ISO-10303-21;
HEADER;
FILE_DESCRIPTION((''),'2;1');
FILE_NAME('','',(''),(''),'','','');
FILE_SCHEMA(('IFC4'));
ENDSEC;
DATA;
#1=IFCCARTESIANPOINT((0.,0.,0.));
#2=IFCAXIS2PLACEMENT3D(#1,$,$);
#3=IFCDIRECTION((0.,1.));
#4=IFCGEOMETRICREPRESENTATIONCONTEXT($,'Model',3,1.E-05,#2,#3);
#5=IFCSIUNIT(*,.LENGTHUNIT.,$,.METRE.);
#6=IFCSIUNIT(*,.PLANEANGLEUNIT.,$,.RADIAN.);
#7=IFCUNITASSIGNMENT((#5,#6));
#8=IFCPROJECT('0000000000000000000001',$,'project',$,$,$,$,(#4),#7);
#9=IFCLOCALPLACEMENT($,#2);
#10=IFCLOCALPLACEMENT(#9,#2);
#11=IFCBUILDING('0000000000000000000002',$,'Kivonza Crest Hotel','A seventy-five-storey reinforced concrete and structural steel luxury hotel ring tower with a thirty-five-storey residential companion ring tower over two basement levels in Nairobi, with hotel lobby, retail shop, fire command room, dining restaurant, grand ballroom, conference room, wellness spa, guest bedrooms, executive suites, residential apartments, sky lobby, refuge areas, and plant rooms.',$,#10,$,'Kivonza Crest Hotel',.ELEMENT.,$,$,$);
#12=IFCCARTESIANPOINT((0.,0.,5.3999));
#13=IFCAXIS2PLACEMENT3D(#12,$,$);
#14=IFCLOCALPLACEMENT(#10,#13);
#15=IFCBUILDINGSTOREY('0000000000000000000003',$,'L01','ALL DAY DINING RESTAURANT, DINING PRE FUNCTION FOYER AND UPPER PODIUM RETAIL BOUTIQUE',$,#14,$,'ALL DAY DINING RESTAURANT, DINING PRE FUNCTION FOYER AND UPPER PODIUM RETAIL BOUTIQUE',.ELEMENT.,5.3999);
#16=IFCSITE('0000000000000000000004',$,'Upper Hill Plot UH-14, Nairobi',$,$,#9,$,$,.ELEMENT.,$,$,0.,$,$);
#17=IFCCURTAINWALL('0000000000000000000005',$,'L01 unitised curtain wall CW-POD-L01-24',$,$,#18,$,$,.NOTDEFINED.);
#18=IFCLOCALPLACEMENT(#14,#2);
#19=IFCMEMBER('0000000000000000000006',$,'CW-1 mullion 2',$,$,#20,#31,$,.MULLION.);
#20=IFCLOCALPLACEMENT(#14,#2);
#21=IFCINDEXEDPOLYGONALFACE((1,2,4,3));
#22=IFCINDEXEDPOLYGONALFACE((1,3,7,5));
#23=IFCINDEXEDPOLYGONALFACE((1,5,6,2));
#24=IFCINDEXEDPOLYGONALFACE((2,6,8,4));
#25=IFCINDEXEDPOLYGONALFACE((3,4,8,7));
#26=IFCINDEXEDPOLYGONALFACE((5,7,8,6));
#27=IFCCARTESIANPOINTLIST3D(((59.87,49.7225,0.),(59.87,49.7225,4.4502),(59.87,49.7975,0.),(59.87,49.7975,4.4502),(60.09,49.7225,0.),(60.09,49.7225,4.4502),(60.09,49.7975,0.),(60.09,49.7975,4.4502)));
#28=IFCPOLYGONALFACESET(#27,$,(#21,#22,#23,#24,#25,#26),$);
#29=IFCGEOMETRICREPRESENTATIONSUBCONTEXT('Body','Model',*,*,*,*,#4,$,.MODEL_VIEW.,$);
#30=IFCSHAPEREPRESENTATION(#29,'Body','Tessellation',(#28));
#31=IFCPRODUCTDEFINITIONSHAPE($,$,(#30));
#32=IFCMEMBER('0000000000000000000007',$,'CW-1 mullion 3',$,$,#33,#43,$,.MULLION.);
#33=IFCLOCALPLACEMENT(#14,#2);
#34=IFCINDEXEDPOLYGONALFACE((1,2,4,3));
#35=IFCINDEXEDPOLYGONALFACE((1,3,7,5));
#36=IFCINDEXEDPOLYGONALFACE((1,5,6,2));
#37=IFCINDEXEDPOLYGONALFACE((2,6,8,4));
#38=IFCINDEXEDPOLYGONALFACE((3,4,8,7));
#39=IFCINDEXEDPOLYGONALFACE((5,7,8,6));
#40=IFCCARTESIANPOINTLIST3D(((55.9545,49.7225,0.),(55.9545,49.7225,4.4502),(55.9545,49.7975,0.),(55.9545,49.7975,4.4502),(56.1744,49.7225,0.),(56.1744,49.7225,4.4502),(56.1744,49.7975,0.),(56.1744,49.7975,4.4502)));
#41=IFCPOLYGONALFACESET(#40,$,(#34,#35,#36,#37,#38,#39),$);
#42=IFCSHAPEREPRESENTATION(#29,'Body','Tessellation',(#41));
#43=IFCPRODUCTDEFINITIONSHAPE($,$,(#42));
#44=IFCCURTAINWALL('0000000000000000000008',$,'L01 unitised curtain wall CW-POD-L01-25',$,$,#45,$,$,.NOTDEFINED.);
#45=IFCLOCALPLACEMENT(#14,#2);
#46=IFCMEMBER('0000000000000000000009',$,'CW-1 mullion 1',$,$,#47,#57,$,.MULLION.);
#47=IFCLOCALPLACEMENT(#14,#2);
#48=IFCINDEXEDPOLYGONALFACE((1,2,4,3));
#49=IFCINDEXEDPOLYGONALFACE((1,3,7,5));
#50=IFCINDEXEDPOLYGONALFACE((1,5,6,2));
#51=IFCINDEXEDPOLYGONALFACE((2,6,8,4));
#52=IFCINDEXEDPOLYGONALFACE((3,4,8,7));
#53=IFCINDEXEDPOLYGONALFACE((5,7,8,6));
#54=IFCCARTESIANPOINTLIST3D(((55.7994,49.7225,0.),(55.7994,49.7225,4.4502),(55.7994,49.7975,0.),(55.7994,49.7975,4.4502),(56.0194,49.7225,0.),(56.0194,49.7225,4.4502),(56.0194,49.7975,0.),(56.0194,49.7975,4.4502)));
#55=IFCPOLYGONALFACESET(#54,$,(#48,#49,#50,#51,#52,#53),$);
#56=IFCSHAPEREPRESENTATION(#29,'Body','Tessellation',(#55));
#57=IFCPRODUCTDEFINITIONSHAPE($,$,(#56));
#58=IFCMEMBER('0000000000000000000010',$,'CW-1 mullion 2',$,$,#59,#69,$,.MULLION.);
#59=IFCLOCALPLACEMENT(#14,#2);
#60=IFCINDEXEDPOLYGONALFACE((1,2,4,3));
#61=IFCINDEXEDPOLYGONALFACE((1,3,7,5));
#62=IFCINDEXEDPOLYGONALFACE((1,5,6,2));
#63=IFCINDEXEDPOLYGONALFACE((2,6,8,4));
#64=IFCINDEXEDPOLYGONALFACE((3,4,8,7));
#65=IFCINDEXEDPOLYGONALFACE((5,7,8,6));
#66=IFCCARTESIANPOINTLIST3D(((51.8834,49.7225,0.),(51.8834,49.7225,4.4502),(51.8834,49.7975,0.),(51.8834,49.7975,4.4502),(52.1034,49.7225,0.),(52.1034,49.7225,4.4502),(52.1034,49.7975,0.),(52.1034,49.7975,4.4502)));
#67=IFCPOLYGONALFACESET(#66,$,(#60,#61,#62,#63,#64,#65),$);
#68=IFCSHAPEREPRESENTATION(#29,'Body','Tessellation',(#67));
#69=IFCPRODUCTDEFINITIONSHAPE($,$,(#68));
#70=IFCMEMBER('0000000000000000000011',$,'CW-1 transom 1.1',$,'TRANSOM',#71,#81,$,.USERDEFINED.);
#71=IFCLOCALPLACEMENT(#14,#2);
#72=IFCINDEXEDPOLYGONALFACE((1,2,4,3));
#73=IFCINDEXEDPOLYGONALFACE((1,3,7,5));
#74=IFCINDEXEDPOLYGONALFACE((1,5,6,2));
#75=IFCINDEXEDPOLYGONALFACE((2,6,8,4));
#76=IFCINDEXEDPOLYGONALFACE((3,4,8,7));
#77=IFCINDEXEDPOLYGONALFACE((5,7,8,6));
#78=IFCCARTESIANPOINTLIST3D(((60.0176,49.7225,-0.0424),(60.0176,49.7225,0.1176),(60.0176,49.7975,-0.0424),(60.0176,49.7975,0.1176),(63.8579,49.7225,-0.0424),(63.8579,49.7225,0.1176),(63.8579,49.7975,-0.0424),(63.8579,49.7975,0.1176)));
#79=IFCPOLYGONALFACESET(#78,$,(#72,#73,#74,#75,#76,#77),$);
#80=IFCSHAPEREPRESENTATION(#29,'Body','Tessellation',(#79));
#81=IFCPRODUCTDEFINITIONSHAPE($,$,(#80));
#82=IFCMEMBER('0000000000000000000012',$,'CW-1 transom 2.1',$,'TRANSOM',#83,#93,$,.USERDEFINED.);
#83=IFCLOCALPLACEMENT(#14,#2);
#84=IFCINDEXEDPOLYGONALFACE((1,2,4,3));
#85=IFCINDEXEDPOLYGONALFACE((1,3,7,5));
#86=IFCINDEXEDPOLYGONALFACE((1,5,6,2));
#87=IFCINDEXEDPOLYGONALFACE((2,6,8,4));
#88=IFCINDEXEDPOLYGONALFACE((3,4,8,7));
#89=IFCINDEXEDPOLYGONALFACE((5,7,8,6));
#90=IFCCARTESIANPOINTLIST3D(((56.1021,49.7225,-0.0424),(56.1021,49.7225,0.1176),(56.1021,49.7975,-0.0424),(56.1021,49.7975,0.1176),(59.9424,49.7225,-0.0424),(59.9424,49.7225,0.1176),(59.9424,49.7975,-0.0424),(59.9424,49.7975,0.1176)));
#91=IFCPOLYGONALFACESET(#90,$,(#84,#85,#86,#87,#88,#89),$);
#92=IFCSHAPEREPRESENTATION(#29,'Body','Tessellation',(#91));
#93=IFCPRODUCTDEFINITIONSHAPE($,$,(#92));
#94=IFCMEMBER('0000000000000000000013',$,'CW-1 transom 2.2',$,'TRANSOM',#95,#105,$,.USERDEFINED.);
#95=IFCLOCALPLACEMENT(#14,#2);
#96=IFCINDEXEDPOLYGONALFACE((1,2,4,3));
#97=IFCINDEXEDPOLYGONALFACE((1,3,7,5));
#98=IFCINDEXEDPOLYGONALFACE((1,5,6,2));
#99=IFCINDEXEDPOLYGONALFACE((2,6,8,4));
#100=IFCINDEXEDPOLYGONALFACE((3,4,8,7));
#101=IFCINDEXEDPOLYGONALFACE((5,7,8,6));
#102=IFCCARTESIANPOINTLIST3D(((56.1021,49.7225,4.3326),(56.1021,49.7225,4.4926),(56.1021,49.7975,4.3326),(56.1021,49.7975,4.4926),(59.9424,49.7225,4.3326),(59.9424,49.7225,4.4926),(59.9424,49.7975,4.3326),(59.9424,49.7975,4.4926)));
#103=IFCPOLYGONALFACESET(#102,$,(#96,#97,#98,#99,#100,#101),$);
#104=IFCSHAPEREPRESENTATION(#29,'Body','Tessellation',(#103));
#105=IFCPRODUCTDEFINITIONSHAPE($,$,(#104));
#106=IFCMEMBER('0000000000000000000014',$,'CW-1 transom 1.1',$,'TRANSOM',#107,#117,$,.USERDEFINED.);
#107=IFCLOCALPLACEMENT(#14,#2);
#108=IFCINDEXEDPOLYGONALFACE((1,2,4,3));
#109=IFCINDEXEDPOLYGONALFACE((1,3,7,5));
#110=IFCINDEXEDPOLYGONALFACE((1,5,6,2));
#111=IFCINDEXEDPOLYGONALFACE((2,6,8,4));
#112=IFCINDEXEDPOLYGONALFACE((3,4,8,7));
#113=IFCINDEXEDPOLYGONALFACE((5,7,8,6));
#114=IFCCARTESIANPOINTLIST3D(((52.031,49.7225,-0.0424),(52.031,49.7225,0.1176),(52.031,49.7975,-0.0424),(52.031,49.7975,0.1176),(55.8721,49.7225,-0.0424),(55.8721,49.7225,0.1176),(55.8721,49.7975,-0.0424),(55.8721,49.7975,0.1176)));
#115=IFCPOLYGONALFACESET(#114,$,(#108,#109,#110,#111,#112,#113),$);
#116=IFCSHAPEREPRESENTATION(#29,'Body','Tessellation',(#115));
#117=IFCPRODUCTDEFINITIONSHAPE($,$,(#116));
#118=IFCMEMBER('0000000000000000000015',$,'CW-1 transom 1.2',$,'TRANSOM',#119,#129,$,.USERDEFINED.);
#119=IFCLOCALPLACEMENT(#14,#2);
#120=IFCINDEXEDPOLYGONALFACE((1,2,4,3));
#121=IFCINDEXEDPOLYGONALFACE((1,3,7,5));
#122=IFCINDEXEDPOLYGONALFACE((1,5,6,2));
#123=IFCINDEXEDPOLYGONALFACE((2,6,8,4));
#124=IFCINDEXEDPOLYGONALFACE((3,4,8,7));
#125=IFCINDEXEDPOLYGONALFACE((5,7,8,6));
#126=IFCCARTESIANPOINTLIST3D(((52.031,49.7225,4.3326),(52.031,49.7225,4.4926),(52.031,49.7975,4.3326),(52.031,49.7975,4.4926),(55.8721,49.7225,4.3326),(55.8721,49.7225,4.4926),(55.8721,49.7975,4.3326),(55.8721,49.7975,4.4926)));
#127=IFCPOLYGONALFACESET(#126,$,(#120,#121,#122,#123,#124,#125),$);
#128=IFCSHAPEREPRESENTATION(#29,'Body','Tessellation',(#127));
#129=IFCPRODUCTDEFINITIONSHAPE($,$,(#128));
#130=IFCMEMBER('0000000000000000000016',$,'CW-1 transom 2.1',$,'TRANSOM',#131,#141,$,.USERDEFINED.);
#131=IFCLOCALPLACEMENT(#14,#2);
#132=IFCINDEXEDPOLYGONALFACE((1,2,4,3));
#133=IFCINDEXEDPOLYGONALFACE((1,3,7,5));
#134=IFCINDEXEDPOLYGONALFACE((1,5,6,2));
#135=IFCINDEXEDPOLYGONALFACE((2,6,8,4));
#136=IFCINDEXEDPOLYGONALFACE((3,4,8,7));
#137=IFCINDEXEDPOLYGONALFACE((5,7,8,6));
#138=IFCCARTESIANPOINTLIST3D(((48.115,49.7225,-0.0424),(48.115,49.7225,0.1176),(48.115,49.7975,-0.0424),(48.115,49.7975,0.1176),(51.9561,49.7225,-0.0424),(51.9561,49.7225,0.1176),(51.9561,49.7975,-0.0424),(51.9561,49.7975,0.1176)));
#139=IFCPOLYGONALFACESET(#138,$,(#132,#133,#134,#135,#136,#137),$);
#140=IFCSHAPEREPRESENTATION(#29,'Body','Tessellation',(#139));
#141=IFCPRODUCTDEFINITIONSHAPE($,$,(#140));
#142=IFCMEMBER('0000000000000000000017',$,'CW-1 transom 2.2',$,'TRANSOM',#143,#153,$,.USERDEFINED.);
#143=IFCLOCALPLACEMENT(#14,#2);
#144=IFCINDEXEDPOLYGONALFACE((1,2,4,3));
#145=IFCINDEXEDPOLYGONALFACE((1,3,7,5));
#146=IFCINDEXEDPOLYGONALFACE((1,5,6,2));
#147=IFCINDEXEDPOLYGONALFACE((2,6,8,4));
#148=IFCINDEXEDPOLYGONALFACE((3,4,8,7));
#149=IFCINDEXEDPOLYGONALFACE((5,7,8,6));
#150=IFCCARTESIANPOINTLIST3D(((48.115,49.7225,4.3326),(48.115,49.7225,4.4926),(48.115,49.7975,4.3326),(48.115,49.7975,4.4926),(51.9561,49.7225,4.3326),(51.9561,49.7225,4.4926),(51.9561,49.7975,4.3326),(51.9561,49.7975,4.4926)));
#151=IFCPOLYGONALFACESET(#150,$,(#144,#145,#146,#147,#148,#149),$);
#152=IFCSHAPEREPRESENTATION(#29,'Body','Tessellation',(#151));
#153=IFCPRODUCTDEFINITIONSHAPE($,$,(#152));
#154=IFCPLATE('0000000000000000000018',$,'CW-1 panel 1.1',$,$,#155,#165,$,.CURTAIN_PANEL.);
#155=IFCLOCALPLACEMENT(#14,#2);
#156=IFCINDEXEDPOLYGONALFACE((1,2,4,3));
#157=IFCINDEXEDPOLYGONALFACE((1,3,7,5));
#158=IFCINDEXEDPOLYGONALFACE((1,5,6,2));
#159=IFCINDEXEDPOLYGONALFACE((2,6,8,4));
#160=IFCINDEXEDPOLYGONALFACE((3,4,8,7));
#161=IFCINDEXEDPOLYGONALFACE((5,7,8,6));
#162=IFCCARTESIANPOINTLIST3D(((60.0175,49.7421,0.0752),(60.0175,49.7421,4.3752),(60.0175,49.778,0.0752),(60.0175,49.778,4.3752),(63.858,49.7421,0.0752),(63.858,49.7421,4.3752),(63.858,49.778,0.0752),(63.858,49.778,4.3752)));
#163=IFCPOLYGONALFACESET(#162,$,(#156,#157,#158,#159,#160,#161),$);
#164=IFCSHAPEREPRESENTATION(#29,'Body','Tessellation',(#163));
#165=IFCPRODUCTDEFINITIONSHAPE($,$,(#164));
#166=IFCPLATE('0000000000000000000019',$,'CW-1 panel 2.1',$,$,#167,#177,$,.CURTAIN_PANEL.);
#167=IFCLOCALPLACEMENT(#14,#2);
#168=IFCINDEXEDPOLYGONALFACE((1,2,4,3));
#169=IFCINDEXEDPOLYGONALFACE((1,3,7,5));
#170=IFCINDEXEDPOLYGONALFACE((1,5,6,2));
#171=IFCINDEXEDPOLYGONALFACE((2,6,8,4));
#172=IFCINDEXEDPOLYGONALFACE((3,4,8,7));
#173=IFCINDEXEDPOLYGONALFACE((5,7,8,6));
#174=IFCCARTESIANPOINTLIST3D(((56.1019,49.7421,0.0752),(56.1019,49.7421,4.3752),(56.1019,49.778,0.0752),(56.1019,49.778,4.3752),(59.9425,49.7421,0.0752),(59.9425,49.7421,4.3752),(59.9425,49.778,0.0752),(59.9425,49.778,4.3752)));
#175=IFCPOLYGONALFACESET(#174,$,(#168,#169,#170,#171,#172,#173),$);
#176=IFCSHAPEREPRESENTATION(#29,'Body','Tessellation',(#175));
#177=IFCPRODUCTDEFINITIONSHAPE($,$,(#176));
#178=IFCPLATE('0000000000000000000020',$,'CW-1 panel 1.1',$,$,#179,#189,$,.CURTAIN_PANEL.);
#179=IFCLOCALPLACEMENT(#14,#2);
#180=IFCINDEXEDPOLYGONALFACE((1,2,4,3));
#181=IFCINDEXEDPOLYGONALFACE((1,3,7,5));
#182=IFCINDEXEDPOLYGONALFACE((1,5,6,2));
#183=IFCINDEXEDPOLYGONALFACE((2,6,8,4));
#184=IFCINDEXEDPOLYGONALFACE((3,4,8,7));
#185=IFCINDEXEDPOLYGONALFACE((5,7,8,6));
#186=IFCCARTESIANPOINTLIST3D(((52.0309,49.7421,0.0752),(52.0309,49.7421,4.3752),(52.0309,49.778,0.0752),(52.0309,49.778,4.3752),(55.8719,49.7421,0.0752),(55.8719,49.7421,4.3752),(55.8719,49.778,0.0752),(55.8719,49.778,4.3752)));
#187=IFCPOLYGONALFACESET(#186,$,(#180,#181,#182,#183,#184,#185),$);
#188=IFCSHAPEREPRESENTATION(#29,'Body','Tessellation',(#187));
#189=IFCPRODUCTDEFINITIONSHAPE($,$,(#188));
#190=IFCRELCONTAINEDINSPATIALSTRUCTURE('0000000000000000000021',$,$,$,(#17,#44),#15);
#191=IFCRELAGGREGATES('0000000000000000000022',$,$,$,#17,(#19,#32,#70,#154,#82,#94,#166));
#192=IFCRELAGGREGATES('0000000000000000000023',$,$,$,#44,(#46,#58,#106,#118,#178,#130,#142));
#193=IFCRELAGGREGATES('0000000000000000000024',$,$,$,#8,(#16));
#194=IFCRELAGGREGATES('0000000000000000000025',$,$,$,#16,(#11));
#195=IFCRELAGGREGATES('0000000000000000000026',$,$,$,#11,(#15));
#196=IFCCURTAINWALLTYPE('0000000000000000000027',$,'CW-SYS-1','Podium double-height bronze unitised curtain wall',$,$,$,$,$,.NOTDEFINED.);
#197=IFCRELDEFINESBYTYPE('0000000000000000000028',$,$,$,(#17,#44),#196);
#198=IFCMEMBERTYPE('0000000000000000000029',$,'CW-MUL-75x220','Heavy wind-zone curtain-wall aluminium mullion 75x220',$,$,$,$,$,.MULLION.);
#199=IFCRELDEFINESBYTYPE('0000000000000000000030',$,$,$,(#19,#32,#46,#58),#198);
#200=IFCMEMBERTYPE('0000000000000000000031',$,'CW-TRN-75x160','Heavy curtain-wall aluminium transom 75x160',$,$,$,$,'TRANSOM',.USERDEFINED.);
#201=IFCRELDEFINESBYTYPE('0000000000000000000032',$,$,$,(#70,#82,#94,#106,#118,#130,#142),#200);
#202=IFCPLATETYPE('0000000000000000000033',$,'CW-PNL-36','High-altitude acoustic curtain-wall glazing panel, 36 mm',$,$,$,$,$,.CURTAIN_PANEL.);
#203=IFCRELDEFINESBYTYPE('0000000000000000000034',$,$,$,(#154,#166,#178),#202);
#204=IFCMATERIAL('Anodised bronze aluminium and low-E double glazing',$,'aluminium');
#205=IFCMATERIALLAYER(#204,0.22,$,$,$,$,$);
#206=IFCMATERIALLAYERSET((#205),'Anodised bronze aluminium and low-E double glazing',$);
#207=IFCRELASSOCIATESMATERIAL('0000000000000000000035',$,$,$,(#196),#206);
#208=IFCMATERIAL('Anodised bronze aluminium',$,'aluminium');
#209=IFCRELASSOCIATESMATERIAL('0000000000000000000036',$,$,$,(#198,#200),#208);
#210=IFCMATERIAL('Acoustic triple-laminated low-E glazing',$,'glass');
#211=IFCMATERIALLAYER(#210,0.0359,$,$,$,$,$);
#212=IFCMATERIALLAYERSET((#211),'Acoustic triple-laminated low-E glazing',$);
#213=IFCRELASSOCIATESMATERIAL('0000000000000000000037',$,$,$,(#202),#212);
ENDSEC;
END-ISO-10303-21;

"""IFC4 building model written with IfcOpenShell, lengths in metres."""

from ifc_helpers import new_model, si_unit, direction, frame, origin, origin_2d, place, context, subcontext, project, spatial, rectangle, extrude, material, layer, layer_set, material_profile, profile_set, type_object, element, aggregate, save


model = new_model("IFC4")

# Units and contexts
model_context = context("Model", 3, precision=1e-05, world=origin(), true_north=direction((0.0, 1.0)))
body_context = subcontext(model_context, "Body", "Model", "MODEL_VIEW")
ifc_project = project(units=[si_unit("LENGTHUNIT", "METRE"), si_unit("PLANEANGLEUNIT", "RADIAN")], contexts=[model_context])

# Site, building, storey
site_placement = place(None, origin())
site = spatial("IfcSite", under=ifc_project, at=site_placement, Name="Upper Hill Plot UH-14, Nairobi", CompositionType="ELEMENT", RefElevation=0.0)
building_placement = place(site_placement, origin())
building = spatial("IfcBuilding", under=site, at=building_placement, Name="Kivonza Crest Hotel", Description="A seventy-five-storey reinforced concrete and structural steel luxury hotel ring tower with a thirty-five-storey residential companion ring tower over two basement levels in Nairobi, with hotel lobby, retail shop, fire command room, dining restaurant, grand ballroom, conference room, wellness spa, guest bedrooms, executive suites, residential apartments, sky lobby, refuge areas, and plant rooms.", LongName="Kivonza Crest Hotel", CompositionType="ELEMENT")
storey_placement = place(building_placement, frame((0.0, 0.0, 5.3999)))
storey = spatial("IfcBuildingStorey", under=building, at=storey_placement, Name="L01", Description="ALL DAY DINING RESTAURANT, DINING PRE FUNCTION FOYER AND UPPER PODIUM RETAIL BOUTIQUE", LongName="ALL DAY DINING RESTAURANT, DINING PRE FUNCTION FOYER AND UPPER PODIUM RETAIL BOUTIQUE", CompositionType="ELEMENT", Elevation=5.3999)

# Curtain walls, members
ifc_material_1 = material(Name="Anodised bronze aluminium and low-E double glazing", Category="aluminium")
ifc_layer_1 = layer(ifc_material_1, 0.22)
ifc_layer_set_1 = layer_set([ifc_layer_1], Name="Anodised bronze aluminium and low-E double glazing")
curtain_wall_type = type_object("IfcCurtainWallType", Name="CW-SYS-1", Description="Podium double-height bronze unitised curtain wall", PredefinedType="NOTDEFINED", material=ifc_layer_set_1)
curtain_wall_1_placement = place(storey_placement, origin())
curtain_wall_1 = element("IfcCurtainWall", 1, at=curtain_wall_1_placement, inside=storey, type_object=curtain_wall_type, Name="L01 unitised curtain wall CW-POD-L01-24", PredefinedType="NOTDEFINED")
ifc_material_2 = material(Name="Anodised bronze aluminium", Category="aluminium")
ifc_material_profile_1 = material_profile(ifc_material_2, rectangle(XDim=0.075, YDim=0.22, at=origin_2d()), Name="CW-M 75x220")
ifc_profile_set_1 = profile_set([ifc_material_profile_1], Name="Anodised bronze aluminium")
member_type_1 = type_object("IfcMemberType", Name="CW-MUL-75x220", Description="Heavy wind-zone curtain-wall aluminium mullion 75x220", PredefinedType="MULLION", material=ifc_profile_set_1)
member_1_placement = place(storey_placement, frame((59.98, 49.76, 0.0), z_axis=(0.0, 0.0, 1.0), x_axis=(0.0, -1.0, 0.0)))
member_1 = element("IfcMember", 2, at=member_1_placement, type_object=member_type_1, Name="CW-1 mullion 2", PredefinedType="MULLION", context=body_context, shape_type="SweptSolid", body=[
    extrude(rectangle(XDim=0.075, YDim=0.22, at=origin_2d()), origin(), (0.0, 0.0, 1.0), 4.4502),
])
member_2_placement = place(storey_placement, frame((56.0645, 49.76, 0.0), z_axis=(0.0, 0.0, 1.0), x_axis=(0.0, -1.0, 0.0)))
member_2 = element("IfcMember", 3, at=member_2_placement, type_object=member_type_1, Name="CW-1 mullion 3", PredefinedType="MULLION", context=body_context, shape_type="SweptSolid", body=[
    extrude(rectangle(XDim=0.075, YDim=0.22, at=origin_2d()), origin(), (0.0, 0.0, 1.0), 4.4502),
])
curtain_wall_2_placement = place(storey_placement, origin())
curtain_wall_2 = element("IfcCurtainWall", 4, at=curtain_wall_2_placement, inside=storey, type_object=curtain_wall_type, Name="L01 unitised curtain wall CW-POD-L01-25", PredefinedType="NOTDEFINED")
member_3_placement = place(storey_placement, frame((55.9094, 49.76, 0.0), z_axis=(0.0, 0.0, 1.0), x_axis=(0.0, -1.0, 0.0)))
member_3 = element("IfcMember", 5, at=member_3_placement, type_object=member_type_1, Name="CW-1 mullion 1", PredefinedType="MULLION", context=body_context, shape_type="SweptSolid", body=[
    extrude(rectangle(XDim=0.075, YDim=0.22, at=origin_2d()), origin(), (0.0, 0.0, 1.0), 4.4502),
])
member_4_placement = place(storey_placement, frame((51.9934, 49.76, 0.0), z_axis=(0.0, 0.0, 1.0), x_axis=(0.0, -1.0, 0.0)))
member_4 = element("IfcMember", 6, at=member_4_placement, type_object=member_type_1, Name="CW-1 mullion 2", PredefinedType="MULLION", context=body_context, shape_type="SweptSolid", body=[
    extrude(rectangle(XDim=0.075, YDim=0.22, at=origin_2d()), origin(), (0.0, 0.0, 1.0), 4.4502),
])

# Members
ifc_material_profile_2 = material_profile(ifc_material_2, rectangle(XDim=0.075, YDim=0.1599, at=origin_2d()), Name="CW-T 75x160")
ifc_profile_set_2 = profile_set([ifc_material_profile_2], Name="Anodised bronze aluminium")
member_type_2 = type_object("IfcMemberType", Name="CW-TRN-75x160", Description="Heavy curtain-wall aluminium transom 75x160", ElementType="TRANSOM", PredefinedType="USERDEFINED", material=ifc_profile_set_2)
member_5_placement = place(storey_placement, frame((63.8579, 49.76, 0.0376), z_axis=(-1.0, 0.0, 0.0), x_axis=(0.0, -1.0, 0.0)))
member_5 = element("IfcMember", 7, at=member_5_placement, type_object=member_type_2, Name="CW-1 transom 1.1", ObjectType="TRANSOM", PredefinedType="USERDEFINED", context=body_context, shape_type="SweptSolid", body=[
    extrude(rectangle(XDim=0.075, YDim=0.1599, at=origin_2d()), origin(), (0.0, 0.0, 1.0), 3.8403),
])
member_6_placement = place(storey_placement, frame((59.9424, 49.76, 0.0376), z_axis=(-1.0, 0.0, 0.0), x_axis=(0.0, -1.0, 0.0)))
member_6 = element("IfcMember", 8, at=member_6_placement, type_object=member_type_2, Name="CW-1 transom 2.1", ObjectType="TRANSOM", PredefinedType="USERDEFINED", context=body_context, shape_type="SweptSolid", body=[
    extrude(rectangle(XDim=0.075, YDim=0.1599, at=origin_2d()), origin(), (0.0, 0.0, 1.0), 3.8403),
])
member_7_placement = place(storey_placement, frame((59.9424, 49.76, 4.4126), z_axis=(-1.0, 0.0, 0.0), x_axis=(0.0, -1.0, 0.0)))
member_7 = element("IfcMember", 9, at=member_7_placement, type_object=member_type_2, Name="CW-1 transom 2.2", ObjectType="TRANSOM", PredefinedType="USERDEFINED", context=body_context, shape_type="SweptSolid", body=[
    extrude(rectangle(XDim=0.075, YDim=0.1599, at=origin_2d()), origin(), (0.0, 0.0, 1.0), 3.8403),
])
member_8_placement = place(storey_placement, frame((55.8721, 49.76, 0.0376), z_axis=(-1.0, 0.0, 0.0), x_axis=(0.0, -1.0, 0.0)))
member_8 = element("IfcMember", 10, at=member_8_placement, type_object=member_type_2, Name="CW-1 transom 1.1", ObjectType="TRANSOM", PredefinedType="USERDEFINED", context=body_context, shape_type="SweptSolid", body=[
    extrude(rectangle(XDim=0.075, YDim=0.1599, at=origin_2d()), origin(), (0.0, 0.0, 1.0), 3.8411),
])
member_9_placement = place(storey_placement, frame((55.8721, 49.76, 4.4126), z_axis=(-1.0, 0.0, 0.0), x_axis=(0.0, -1.0, 0.0)))
member_9 = element("IfcMember", 11, at=member_9_placement, type_object=member_type_2, Name="CW-1 transom 1.2", ObjectType="TRANSOM", PredefinedType="USERDEFINED", context=body_context, shape_type="SweptSolid", body=[
    extrude(rectangle(XDim=0.075, YDim=0.1599, at=origin_2d()), origin(), (0.0, 0.0, 1.0), 3.8411),
])
member_10_placement = place(storey_placement, frame((51.9561, 49.76, 0.0376), z_axis=(-1.0, 0.0, 0.0), x_axis=(0.0, -1.0, 0.0)))
member_10 = element("IfcMember", 12, at=member_10_placement, type_object=member_type_2, Name="CW-1 transom 2.1", ObjectType="TRANSOM", PredefinedType="USERDEFINED", context=body_context, shape_type="SweptSolid", body=[
    extrude(rectangle(XDim=0.075, YDim=0.1599, at=origin_2d()), origin(), (0.0, 0.0, 1.0), 3.8411),
])
member_11_placement = place(storey_placement, frame((51.9561, 49.76, 4.4126), z_axis=(-1.0, 0.0, 0.0), x_axis=(0.0, -1.0, 0.0)))
member_11 = element("IfcMember", 13, at=member_11_placement, type_object=member_type_2, Name="CW-1 transom 2.2", ObjectType="TRANSOM", PredefinedType="USERDEFINED", context=body_context, shape_type="SweptSolid", body=[
    extrude(rectangle(XDim=0.075, YDim=0.1599, at=origin_2d()), origin(), (0.0, 0.0, 1.0), 3.8411),
])

# Plates
ifc_material_3 = material(Name="Acoustic triple-laminated low-E glazing", Category="glass")
ifc_layer_2 = layer(ifc_material_3, 0.0359)
ifc_layer_set_2 = layer_set([ifc_layer_2], Name="Acoustic triple-laminated low-E glazing")
plate_type = type_object("IfcPlateType", Name="CW-PNL-36", Description="High-altitude acoustic curtain-wall glazing panel, 36 mm", PredefinedType="CURTAIN_PANEL", material=ifc_layer_set_2)
plate_1_placement = place(storey_placement, frame((61.9377, 49.76, 0.0752), z_axis=(0.0, 0.0, 1.0), x_axis=(-1.0, 0.0, 0.0)))
plate_1 = element("IfcPlate", 14, at=plate_1_placement, type_object=plate_type, Name="CW-1 panel 1.1", PredefinedType="CURTAIN_PANEL", context=body_context, shape_type="SweptSolid", body=[
    extrude(rectangle(XDim=3.8406, YDim=0.0359, at=origin_2d()), origin(), (0.0, 0.0, 1.0), 4.3),
])
plate_2_placement = place(storey_placement, frame((58.0222, 49.76, 0.0752), z_axis=(0.0, 0.0, 1.0), x_axis=(-1.0, 0.0, 0.0)))
plate_2 = element("IfcPlate", 15, at=plate_2_placement, type_object=plate_type, Name="CW-1 panel 2.1", PredefinedType="CURTAIN_PANEL", context=body_context, shape_type="SweptSolid", body=[
    extrude(rectangle(XDim=3.8406, YDim=0.0359, at=origin_2d()), origin(), (0.0, 0.0, 1.0), 4.3),
])
aggregate(curtain_wall_1, [member_1, member_2, member_5, plate_1, member_6, member_7, plate_2])
plate_3_placement = place(storey_placement, frame((53.9514, 49.76, 0.0752), z_axis=(0.0, 0.0, 1.0), x_axis=(-1.0, 0.0, 0.0)))
plate_3 = element("IfcPlate", 16, at=plate_3_placement, type_object=plate_type, Name="CW-1 panel 1.1", PredefinedType="CURTAIN_PANEL", context=body_context, shape_type="SweptSolid", body=[
    extrude(rectangle(XDim=3.8411, YDim=0.0359, at=origin_2d()), origin(), (0.0, 0.0, 1.0), 4.3),
])
aggregate(curtain_wall_2, [member_3, member_4, member_8, member_9, plate_3, member_10, member_11])

save(model, "model.ifc")
